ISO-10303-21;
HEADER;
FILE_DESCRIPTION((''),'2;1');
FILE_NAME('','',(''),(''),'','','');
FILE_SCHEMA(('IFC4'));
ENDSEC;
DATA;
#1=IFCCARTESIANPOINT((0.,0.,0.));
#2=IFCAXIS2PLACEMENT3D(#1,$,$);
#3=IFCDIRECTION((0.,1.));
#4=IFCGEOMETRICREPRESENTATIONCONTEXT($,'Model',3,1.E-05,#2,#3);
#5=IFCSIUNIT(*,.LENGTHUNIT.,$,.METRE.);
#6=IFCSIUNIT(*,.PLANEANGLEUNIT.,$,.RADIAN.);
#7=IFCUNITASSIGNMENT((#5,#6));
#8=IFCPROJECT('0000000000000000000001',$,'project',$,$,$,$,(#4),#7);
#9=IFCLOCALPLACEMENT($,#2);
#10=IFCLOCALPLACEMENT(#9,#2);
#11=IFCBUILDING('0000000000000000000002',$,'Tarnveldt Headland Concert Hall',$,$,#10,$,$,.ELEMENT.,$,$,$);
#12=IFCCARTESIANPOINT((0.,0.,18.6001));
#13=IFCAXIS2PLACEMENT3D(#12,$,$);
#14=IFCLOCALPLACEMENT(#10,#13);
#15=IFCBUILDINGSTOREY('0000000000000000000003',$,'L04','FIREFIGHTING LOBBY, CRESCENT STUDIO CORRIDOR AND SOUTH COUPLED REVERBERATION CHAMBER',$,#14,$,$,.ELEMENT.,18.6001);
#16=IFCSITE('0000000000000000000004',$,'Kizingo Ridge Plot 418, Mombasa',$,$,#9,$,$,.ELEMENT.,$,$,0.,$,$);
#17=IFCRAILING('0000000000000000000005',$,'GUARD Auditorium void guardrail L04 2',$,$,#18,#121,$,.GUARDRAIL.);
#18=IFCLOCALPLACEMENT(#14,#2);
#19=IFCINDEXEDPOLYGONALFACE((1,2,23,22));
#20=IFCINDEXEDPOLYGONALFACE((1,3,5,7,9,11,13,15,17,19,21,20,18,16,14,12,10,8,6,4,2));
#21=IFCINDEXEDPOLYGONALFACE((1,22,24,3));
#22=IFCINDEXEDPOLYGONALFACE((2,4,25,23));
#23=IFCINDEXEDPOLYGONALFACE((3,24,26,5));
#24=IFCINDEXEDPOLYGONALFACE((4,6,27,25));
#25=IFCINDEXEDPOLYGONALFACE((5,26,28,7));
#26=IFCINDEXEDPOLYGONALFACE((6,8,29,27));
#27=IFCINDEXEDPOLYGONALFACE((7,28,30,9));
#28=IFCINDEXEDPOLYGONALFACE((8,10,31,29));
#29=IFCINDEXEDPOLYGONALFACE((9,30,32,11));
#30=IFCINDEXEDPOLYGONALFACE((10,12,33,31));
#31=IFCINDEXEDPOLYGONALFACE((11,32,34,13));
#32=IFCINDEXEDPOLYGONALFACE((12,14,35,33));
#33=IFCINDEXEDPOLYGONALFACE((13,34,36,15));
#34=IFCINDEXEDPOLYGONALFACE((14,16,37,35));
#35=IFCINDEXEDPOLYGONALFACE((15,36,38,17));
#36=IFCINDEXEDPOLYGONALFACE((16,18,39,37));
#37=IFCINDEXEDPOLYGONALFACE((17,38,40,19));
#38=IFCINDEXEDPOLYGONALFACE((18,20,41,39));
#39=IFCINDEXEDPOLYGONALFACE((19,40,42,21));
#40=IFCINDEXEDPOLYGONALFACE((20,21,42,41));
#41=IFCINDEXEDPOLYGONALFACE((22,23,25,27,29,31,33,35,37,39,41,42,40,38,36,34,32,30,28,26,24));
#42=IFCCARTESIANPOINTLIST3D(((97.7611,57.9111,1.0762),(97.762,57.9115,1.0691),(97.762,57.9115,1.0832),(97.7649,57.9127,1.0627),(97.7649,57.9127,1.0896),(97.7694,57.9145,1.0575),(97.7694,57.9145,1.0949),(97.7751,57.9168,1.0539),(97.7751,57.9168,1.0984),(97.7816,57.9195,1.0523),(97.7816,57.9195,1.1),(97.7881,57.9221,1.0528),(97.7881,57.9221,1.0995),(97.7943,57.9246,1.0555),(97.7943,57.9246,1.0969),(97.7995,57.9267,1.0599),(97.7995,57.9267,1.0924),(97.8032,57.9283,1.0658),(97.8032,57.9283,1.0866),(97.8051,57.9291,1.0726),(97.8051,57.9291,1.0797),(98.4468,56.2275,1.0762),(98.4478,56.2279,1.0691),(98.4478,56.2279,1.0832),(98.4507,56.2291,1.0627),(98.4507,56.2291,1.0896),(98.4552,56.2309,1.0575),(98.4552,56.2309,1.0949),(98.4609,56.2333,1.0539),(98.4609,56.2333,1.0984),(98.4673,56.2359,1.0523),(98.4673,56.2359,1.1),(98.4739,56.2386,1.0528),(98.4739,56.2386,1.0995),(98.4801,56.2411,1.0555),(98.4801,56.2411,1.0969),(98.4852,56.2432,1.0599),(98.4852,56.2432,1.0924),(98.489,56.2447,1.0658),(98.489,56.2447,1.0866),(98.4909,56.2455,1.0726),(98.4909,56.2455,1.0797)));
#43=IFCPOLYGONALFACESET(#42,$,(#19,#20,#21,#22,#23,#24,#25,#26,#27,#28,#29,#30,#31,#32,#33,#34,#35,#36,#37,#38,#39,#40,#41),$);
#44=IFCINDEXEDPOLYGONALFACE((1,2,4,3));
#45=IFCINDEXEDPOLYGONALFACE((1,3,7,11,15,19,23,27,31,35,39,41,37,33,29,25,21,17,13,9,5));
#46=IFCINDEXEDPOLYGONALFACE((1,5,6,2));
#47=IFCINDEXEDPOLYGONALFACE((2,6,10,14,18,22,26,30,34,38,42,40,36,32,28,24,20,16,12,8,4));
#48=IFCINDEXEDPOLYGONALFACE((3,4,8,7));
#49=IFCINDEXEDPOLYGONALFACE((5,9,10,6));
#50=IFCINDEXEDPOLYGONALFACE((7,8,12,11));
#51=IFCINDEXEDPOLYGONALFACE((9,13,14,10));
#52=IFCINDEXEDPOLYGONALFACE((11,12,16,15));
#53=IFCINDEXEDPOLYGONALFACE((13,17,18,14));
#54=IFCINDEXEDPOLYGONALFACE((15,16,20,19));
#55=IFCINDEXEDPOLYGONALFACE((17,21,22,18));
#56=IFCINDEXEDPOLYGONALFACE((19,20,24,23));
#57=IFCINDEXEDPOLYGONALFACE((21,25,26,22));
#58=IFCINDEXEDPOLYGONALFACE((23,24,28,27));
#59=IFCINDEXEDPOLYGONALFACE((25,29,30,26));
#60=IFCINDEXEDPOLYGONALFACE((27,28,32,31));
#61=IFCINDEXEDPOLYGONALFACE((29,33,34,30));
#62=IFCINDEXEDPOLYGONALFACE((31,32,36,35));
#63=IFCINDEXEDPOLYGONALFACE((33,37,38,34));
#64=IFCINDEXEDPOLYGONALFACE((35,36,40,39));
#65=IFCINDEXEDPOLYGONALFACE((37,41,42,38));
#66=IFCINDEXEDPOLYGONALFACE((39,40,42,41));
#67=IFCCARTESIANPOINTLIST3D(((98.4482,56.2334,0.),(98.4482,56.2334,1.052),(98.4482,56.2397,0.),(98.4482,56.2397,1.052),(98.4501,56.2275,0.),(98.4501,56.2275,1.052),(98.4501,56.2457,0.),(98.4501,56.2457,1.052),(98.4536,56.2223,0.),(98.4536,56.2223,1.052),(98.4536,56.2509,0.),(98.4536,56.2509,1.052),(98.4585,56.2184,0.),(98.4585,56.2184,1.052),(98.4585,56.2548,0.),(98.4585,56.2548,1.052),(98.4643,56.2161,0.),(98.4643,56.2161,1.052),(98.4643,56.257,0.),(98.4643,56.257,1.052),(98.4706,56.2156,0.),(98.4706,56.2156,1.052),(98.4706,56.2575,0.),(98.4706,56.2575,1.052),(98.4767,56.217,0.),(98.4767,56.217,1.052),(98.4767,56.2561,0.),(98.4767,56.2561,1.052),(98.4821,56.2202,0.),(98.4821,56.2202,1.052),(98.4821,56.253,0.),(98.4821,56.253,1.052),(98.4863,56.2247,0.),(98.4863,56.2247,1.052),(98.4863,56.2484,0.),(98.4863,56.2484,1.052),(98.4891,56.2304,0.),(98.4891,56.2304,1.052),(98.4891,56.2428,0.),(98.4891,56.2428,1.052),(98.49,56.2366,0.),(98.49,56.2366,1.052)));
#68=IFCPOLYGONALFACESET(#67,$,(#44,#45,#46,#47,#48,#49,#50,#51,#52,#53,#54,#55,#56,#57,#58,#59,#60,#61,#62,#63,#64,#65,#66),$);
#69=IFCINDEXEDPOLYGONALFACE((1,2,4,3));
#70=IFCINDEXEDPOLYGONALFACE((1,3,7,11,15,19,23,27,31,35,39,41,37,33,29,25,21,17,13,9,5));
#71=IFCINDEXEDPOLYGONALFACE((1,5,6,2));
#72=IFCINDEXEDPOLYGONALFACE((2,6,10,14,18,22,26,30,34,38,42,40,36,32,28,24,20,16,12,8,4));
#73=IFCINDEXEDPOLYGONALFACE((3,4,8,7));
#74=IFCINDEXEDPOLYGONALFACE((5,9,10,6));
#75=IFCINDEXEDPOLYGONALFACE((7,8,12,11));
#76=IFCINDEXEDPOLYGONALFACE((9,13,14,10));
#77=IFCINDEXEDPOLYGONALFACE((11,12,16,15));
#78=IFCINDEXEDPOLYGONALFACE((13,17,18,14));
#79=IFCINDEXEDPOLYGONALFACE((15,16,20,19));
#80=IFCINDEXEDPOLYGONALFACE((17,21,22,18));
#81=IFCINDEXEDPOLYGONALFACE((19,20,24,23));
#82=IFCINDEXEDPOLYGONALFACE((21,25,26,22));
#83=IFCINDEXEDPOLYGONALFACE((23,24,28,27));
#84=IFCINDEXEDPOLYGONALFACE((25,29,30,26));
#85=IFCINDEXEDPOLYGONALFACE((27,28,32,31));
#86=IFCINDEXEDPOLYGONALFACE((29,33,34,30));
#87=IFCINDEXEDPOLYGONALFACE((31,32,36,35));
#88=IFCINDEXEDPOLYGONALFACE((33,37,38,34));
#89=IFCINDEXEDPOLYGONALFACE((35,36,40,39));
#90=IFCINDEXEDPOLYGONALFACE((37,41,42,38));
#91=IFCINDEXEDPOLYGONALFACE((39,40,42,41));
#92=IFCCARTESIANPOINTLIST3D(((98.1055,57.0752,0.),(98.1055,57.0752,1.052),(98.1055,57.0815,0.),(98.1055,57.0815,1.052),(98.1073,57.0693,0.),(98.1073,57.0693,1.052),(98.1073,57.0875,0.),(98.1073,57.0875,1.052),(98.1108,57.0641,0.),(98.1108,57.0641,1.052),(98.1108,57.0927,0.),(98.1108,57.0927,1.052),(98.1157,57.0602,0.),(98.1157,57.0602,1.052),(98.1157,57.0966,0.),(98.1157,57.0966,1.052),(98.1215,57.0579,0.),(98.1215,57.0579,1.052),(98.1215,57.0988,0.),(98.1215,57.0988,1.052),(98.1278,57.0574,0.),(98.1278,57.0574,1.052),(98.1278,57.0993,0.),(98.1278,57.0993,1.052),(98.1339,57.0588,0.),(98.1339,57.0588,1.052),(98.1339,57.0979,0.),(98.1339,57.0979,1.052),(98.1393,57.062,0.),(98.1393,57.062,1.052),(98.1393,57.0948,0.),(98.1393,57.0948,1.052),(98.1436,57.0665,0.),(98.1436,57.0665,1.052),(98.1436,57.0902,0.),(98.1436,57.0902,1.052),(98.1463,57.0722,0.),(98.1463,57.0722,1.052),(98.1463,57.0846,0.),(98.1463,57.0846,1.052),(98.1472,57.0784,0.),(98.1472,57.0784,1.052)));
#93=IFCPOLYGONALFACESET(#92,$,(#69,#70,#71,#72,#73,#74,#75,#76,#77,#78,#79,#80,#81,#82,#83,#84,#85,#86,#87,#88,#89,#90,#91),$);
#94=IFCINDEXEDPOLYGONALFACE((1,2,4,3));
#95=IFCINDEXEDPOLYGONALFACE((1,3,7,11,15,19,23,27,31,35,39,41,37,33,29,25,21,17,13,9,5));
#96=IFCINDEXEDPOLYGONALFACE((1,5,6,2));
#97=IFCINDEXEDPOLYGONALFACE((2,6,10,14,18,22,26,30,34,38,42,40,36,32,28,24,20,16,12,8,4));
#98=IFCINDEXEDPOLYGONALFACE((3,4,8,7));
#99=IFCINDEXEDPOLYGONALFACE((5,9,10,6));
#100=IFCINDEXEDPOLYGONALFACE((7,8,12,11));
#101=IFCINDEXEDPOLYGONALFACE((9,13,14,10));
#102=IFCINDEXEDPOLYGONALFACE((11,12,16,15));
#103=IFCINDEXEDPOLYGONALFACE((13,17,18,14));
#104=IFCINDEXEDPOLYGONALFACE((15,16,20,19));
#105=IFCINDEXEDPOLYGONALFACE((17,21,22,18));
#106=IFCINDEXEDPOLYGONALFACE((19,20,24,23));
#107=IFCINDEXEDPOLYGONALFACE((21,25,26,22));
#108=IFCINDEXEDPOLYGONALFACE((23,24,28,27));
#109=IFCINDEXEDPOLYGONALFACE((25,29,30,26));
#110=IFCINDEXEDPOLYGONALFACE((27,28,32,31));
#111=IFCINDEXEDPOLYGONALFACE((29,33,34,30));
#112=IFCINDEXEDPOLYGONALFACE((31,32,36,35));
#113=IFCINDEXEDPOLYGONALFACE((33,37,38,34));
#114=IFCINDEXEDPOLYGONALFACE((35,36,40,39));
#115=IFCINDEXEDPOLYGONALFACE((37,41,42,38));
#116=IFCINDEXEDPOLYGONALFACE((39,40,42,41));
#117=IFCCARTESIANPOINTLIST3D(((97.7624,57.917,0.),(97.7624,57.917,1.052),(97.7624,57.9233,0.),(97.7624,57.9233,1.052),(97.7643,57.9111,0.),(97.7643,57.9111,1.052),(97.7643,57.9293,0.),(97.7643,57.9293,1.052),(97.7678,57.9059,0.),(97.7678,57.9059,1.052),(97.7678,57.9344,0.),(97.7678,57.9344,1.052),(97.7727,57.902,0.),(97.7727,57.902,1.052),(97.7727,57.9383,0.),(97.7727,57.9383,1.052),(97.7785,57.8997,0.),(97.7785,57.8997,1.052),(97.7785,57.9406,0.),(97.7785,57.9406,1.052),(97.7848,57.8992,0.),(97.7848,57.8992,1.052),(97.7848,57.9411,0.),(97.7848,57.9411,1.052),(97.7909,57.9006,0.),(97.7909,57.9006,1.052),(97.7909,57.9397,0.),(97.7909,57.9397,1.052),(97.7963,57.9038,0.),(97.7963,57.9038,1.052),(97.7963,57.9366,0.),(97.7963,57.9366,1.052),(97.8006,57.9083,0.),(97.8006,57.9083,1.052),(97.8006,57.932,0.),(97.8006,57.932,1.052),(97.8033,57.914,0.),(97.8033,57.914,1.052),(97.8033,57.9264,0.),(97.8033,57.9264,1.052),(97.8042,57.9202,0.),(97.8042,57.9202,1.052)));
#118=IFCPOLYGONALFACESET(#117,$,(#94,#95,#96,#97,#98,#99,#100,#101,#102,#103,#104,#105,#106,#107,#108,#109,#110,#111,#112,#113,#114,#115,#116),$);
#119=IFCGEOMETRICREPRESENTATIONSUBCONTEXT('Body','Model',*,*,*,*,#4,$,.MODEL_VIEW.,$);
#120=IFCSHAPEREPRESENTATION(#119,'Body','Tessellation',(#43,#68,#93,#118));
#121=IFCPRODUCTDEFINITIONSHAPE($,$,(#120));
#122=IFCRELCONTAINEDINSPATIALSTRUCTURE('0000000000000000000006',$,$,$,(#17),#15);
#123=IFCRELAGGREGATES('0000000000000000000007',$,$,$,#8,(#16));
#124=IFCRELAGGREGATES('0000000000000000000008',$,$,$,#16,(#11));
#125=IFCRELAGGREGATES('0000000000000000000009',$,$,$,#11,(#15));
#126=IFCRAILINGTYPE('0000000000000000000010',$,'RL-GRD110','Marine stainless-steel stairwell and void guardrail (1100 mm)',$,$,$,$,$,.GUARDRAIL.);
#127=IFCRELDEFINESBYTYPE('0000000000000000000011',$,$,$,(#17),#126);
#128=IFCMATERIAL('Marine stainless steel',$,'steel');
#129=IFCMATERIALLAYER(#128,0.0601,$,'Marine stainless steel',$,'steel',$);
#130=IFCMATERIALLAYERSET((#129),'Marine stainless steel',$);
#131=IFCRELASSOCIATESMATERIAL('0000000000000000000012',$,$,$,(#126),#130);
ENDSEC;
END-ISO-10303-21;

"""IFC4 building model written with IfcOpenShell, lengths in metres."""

from ifc_helpers import new_model, si_unit, direction, frame, origin, origin_2d, place, context, subcontext, project, spatial, circle, extrude, material, layer, layer_set, type_object, element, save


model = new_model("IFC4")

# Units and contexts
model_context = context("Model", 3, precision=1e-05, world=origin(), true_north=direction((0.0, 1.0)))
body_context = subcontext(model_context, "Body", "Model", "MODEL_VIEW")
ifc_project = project(units=[si_unit("LENGTHUNIT", "METRE"), si_unit("PLANEANGLEUNIT", "RADIAN")], contexts=[model_context])

# Site, building, storey
site_placement = place(None, origin())
site = spatial("IfcSite", under=ifc_project, at=site_placement, Name="Kizingo Ridge Plot 418, Mombasa", CompositionType="ELEMENT", RefElevation=0.0)
building_placement = place(site_placement, origin())
building = spatial("IfcBuilding", under=site, at=building_placement, Name="Tarnveldt Headland Concert Hall", CompositionType="ELEMENT")
storey_placement = place(building_placement, frame((0.0, 0.0, 18.6001)))
storey = spatial("IfcBuildingStorey", under=building, at=storey_placement, Name="L04", Description="FIREFIGHTING LOBBY, CRESCENT STUDIO CORRIDOR AND SOUTH COUPLED REVERBERATION CHAMBER", CompositionType="ELEMENT", Elevation=18.6001)

# Railing
ifc_material_1 = material(Name="Marine stainless steel", Category="steel")
ifc_layer_1 = layer(ifc_material_1, 0.0601, Name="Marine stainless steel", Category="steel")
ifc_layer_set_1 = layer_set([ifc_layer_1], Name="Marine stainless steel")
railing_type = type_object("IfcRailingType", Name="RL-GRD110", Description="Marine stainless-steel stairwell and void guardrail (1100 mm)", PredefinedType="GUARDRAIL", material=ifc_layer_set_1)
railing_1_placement = place(storey_placement, frame((98.469, 56.2366, 0.0)))
element("IfcRailing", 1, at=railing_1_placement, inside=storey, type_object=railing_type, Name="GUARD Auditorium void guardrail L04 2", PredefinedType="GUARDRAIL", context=body_context, shape_type="SweptSolid", body=[
    extrude(circle(Radius=0.0239, at=origin_2d()), frame((0.0, 0.0, 1.0762), z_axis=(-0.377241, 0.926115, 0.0), x_axis=(-0.926115, -0.377241, 0.0)), (0.0, 0.0, 1.0), 1.8179),
    extrude(circle(Radius=0.021, at=origin_2d()), origin(), (0.0, 0.0, 1.0), 1.052),
    extrude(circle(Radius=0.021, at=origin_2d()), frame((-0.3428, 0.8418, 0.0)), (0.0, 0.0, 1.0), 1.052),
    extrude(circle(Radius=0.021, at=origin_2d()), frame((-0.6858, 1.6836, 0.0)), (0.0, 0.0, 1.0), 1.052),
])

save(model, "model.ifc")
